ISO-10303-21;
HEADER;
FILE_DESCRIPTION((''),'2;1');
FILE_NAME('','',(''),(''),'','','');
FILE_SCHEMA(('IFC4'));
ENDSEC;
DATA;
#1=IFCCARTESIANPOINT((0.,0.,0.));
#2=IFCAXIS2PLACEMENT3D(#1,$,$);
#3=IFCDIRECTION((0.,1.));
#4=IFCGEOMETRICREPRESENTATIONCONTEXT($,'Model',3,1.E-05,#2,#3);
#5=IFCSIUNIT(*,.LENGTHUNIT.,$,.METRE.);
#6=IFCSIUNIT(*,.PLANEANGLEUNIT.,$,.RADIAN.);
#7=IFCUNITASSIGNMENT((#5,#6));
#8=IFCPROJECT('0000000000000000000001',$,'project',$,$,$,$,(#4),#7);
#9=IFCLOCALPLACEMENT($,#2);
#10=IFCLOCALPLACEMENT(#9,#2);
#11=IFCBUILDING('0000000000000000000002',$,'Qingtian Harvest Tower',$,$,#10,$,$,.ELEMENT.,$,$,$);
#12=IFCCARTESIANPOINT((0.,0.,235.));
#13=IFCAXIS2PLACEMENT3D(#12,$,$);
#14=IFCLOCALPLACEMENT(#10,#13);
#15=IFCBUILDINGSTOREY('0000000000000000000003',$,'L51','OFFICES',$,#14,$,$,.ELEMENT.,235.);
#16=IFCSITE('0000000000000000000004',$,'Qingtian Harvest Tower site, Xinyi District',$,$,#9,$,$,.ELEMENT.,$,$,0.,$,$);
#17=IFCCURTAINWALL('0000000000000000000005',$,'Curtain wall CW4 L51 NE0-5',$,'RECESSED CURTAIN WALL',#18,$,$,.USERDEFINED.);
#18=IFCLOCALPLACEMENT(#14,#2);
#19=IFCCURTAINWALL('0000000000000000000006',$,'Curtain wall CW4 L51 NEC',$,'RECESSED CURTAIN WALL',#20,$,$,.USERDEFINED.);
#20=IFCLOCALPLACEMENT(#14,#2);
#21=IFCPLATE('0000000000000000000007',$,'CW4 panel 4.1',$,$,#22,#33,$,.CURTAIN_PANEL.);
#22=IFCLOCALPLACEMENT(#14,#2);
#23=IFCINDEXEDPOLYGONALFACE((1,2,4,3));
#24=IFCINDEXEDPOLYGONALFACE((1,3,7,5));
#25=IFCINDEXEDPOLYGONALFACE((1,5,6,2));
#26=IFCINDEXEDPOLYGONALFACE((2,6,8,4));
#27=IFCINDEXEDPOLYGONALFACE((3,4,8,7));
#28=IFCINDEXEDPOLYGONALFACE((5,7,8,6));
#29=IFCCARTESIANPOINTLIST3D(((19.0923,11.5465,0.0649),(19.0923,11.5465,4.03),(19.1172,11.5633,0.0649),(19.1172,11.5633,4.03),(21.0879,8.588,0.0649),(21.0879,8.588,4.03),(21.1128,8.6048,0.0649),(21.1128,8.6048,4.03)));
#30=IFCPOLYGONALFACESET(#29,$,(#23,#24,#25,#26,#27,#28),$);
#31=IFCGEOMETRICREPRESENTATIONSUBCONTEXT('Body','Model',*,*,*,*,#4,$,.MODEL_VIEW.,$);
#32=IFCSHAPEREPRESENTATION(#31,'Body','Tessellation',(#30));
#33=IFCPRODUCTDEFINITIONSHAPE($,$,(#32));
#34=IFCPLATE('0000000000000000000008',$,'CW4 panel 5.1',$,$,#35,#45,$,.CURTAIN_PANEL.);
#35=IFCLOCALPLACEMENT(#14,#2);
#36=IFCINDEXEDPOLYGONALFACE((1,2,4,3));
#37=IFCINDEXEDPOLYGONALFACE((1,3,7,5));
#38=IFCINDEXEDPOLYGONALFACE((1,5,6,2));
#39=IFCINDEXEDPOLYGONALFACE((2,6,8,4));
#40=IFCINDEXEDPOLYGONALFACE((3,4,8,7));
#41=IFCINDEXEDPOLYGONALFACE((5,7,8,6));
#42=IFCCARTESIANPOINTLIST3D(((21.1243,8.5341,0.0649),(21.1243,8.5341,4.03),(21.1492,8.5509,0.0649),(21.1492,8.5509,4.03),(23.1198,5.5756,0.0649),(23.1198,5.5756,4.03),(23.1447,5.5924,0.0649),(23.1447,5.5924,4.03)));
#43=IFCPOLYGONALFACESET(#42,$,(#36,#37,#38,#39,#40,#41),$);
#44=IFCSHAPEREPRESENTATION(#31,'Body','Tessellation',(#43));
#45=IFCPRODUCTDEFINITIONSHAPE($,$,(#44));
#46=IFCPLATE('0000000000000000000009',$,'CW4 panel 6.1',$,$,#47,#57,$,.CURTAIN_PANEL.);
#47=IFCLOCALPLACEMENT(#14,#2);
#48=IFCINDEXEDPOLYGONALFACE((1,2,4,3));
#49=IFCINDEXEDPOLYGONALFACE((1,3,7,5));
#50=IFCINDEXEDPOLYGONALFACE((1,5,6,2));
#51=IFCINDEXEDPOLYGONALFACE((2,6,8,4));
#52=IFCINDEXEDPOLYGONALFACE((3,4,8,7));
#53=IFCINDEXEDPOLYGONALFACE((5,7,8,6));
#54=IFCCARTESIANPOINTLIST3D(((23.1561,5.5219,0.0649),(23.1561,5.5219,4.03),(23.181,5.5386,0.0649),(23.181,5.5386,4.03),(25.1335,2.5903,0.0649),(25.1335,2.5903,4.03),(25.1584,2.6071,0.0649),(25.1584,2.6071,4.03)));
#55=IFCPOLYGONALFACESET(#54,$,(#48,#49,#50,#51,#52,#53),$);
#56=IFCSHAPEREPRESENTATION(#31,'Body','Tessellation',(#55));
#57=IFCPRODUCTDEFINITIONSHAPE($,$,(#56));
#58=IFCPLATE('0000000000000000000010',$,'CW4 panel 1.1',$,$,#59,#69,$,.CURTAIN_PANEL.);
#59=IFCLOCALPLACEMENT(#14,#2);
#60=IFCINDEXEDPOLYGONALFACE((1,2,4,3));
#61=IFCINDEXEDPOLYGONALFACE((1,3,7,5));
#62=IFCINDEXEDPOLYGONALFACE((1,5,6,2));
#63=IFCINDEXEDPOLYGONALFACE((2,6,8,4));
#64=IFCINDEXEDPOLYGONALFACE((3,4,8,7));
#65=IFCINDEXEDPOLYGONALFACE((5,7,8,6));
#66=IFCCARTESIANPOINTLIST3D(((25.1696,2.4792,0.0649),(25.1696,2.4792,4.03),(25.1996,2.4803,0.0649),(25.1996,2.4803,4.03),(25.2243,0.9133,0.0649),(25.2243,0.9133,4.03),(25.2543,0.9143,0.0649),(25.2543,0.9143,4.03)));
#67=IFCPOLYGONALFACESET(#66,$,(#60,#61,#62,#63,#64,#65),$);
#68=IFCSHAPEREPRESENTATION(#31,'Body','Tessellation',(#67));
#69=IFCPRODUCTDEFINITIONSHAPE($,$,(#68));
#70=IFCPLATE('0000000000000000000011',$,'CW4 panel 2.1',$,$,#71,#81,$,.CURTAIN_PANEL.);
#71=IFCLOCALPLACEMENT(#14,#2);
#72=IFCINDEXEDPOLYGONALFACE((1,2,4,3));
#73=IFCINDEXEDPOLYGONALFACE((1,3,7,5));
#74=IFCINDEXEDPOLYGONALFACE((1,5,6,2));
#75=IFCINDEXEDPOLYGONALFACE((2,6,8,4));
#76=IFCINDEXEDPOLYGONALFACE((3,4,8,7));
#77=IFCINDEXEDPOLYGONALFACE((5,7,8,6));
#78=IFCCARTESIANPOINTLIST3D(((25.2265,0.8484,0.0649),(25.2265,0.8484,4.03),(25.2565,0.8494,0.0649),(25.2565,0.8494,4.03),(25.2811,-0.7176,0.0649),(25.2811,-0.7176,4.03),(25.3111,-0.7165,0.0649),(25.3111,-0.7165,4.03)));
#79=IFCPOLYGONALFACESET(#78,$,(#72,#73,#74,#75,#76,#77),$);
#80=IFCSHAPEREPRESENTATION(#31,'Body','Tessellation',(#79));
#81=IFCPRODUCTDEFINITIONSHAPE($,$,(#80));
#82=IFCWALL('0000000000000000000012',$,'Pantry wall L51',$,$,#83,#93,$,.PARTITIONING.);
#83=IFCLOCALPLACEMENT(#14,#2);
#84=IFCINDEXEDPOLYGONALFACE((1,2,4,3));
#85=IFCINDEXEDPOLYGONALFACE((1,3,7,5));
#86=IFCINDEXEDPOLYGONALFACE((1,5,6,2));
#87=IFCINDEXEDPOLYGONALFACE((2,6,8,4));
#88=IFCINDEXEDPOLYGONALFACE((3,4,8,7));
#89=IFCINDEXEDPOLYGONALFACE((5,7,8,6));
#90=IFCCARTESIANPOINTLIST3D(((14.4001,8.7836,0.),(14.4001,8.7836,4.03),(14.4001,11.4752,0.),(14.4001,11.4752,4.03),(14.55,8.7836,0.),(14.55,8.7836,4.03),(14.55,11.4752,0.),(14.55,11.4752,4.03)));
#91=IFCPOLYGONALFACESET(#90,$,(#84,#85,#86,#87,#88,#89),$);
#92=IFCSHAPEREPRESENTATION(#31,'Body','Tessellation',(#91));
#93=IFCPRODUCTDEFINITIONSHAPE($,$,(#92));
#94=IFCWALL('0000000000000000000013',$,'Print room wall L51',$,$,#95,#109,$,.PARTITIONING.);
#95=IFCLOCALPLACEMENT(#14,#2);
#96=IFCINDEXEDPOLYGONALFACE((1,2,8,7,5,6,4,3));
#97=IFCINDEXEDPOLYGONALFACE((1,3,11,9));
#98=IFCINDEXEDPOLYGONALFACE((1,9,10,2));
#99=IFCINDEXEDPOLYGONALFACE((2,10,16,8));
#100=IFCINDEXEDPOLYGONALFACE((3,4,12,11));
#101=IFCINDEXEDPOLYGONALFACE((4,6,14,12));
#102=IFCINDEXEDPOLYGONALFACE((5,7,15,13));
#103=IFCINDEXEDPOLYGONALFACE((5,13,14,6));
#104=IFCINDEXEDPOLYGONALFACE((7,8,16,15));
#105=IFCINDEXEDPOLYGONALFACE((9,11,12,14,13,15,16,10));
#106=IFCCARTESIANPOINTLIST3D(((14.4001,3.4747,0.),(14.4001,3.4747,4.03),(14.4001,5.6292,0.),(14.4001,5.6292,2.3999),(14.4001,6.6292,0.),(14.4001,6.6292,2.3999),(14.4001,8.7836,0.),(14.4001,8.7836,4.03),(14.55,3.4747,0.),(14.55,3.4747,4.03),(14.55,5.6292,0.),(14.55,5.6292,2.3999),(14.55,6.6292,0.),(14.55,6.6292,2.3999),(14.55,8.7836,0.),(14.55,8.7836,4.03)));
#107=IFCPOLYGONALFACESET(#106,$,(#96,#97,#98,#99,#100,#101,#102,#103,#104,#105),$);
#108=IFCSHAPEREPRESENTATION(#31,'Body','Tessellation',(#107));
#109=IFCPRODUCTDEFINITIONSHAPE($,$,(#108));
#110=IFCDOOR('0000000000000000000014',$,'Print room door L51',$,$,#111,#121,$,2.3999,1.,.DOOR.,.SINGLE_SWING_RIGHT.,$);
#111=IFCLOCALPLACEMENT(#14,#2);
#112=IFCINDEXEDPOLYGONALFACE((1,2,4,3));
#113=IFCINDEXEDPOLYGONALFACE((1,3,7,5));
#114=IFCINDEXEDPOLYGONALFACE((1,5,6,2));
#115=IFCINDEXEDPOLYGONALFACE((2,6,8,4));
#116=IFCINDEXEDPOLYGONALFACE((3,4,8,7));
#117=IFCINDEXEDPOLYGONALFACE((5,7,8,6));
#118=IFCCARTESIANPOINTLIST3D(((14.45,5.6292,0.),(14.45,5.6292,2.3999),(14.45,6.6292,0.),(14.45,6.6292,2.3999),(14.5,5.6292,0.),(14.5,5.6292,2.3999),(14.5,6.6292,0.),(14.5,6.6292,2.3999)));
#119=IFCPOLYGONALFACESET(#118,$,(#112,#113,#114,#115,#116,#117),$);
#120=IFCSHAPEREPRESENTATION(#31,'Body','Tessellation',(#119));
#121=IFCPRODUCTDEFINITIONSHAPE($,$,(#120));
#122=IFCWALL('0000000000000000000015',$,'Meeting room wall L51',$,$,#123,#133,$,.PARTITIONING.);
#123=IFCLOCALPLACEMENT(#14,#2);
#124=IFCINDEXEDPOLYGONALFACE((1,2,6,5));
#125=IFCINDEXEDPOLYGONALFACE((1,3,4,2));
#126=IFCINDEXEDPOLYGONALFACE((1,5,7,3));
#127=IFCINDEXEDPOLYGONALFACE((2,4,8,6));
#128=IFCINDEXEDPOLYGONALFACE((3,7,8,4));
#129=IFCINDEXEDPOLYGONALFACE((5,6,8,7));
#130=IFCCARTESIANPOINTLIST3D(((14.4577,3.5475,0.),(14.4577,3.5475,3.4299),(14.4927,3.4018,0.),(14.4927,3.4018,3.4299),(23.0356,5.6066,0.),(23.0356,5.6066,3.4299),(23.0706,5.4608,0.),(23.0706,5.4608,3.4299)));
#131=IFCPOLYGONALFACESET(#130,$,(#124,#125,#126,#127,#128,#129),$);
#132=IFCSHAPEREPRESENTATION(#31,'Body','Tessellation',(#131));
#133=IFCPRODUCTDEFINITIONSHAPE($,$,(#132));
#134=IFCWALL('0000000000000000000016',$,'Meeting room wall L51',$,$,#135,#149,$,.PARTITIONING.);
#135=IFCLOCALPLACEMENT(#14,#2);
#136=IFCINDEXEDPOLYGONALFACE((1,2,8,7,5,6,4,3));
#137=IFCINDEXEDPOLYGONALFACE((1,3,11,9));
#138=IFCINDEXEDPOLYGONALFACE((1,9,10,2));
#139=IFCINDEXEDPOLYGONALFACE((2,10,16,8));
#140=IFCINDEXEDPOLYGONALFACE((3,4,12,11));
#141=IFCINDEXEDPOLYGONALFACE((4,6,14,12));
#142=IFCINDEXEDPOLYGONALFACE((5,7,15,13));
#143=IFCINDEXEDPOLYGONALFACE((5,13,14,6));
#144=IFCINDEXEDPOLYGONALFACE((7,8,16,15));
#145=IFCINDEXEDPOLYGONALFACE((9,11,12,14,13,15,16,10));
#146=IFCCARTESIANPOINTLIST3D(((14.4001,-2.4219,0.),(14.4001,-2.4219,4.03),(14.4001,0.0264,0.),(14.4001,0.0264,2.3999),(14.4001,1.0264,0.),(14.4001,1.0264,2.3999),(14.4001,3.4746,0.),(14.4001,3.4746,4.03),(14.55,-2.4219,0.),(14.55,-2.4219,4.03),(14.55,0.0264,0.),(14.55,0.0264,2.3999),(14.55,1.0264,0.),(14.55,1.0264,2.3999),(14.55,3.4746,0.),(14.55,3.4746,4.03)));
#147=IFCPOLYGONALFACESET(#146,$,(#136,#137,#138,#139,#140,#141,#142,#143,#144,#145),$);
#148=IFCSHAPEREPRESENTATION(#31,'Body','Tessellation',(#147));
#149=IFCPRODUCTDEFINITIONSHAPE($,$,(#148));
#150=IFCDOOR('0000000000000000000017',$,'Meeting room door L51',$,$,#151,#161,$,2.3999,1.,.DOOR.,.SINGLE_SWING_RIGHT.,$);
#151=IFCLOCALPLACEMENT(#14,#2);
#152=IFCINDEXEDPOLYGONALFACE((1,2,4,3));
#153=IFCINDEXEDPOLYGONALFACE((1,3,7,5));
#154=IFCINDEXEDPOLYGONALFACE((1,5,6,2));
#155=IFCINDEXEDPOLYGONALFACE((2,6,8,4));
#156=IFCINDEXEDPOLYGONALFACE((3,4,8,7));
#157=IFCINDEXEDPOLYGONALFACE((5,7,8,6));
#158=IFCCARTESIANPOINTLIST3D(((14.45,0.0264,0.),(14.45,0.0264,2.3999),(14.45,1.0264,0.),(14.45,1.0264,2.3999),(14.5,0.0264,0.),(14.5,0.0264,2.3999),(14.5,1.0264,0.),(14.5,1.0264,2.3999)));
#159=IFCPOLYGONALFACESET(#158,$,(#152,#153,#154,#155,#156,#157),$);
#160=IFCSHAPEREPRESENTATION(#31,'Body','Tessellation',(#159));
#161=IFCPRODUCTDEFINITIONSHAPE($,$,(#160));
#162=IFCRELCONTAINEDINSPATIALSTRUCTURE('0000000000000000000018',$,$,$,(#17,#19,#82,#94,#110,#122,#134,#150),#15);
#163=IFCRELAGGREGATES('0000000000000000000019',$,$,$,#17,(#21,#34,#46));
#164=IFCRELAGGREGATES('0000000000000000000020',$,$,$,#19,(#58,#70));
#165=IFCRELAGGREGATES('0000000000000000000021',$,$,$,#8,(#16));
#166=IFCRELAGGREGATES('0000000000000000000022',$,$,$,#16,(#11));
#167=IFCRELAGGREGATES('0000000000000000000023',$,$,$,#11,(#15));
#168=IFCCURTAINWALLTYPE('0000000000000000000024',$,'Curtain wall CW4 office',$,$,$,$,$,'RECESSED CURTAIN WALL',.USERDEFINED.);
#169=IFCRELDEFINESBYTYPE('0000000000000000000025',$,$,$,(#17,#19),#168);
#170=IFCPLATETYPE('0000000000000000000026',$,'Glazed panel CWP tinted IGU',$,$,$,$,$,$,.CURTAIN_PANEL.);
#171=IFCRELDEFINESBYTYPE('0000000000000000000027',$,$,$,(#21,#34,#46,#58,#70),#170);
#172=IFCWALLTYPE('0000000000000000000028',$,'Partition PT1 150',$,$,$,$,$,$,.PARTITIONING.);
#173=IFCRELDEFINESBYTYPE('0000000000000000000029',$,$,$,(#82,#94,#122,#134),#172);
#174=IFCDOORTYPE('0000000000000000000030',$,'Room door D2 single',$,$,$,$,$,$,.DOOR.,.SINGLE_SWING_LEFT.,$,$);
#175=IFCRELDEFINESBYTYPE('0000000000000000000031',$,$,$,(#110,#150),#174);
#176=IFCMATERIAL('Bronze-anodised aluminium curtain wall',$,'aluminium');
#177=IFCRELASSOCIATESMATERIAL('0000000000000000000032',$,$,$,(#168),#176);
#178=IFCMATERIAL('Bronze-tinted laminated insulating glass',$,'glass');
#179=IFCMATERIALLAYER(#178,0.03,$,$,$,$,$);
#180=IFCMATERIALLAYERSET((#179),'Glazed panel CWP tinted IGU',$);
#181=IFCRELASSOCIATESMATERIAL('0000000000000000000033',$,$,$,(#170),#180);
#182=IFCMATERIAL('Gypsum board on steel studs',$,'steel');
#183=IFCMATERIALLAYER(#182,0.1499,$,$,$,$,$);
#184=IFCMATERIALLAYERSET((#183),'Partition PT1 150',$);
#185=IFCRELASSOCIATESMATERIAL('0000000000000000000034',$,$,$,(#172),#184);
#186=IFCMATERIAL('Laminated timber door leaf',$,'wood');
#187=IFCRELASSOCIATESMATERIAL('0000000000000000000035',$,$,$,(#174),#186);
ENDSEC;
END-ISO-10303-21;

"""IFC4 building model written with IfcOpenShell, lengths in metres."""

from ifc_helpers import new_model, si_unit, direction, frame, frame_2d, origin, origin_2d, place, context, subcontext, project, spatial, rectangle, extrude, material, layer, layer_set, type_object, element, fill, aggregate, save


model = new_model("IFC4")

# Units and contexts
model_context = context("Model", 3, precision=1e-05, world=origin(), true_north=direction((0.0, 1.0)))
body_context = subcontext(model_context, "Body", "Model", "MODEL_VIEW")
ifc_project = project(units=[si_unit("LENGTHUNIT", "METRE"), si_unit("PLANEANGLEUNIT", "RADIAN")], contexts=[model_context])

# Site, building, storey
site_placement = place(None, origin())
site = spatial("IfcSite", under=ifc_project, at=site_placement, Name="Qingtian Harvest Tower site, Xinyi District", CompositionType="ELEMENT", RefElevation=0.0)
building_placement = place(site_placement, origin())
building = spatial("IfcBuilding", under=site, at=building_placement, Name="Qingtian Harvest Tower", CompositionType="ELEMENT")
storey_placement = place(building_placement, frame((0.0, 0.0, 235.0)))
storey = spatial("IfcBuildingStorey", under=building, at=storey_placement, Name="L51", Description="OFFICES", CompositionType="ELEMENT", Elevation=235.0)

# Curtain walls
ifc_material_1 = material(Name="Bronze-anodised aluminium curtain wall", Category="aluminium")
curtain_wall_type = type_object("IfcCurtainWallType", Name="Curtain wall CW4 office", ElementType="RECESSED CURTAIN WALL", PredefinedType="USERDEFINED", material=ifc_material_1)
curtain_wall_1_placement = place(storey_placement, origin())
curtain_wall_1 = element("IfcCurtainWall", 1, at=curtain_wall_1_placement, inside=storey, type_object=curtain_wall_type, Name="Curtain wall CW4 L51 NE0-5", ObjectType="RECESSED CURTAIN WALL", PredefinedType="USERDEFINED")
curtain_wall_2_placement = place(storey_placement, origin())
curtain_wall_2 = element("IfcCurtainWall", 2, at=curtain_wall_2_placement, inside=storey, type_object=curtain_wall_type, Name="Curtain wall CW4 L51 NEC", ObjectType="RECESSED CURTAIN WALL", PredefinedType="USERDEFINED")

# Plates
ifc_material_2 = material(Name="Bronze-tinted laminated insulating glass", Category="glass")
ifc_layer_1 = layer(ifc_material_2, 0.03)
ifc_layer_set_1 = layer_set([ifc_layer_1], Name="Glazed panel CWP tinted IGU")
plate_type = type_object("IfcPlateType", Name="Glazed panel CWP tinted IGU", PredefinedType="CURTAIN_PANEL", material=ifc_layer_set_1)
plate_1_placement = place(storey_placement, frame((20.1025, 10.0757, 0.0649), z_axis=(0.0, 0.0, 1.0), x_axis=(0.559193, -0.829038, 0.0)))
plate_1 = element("IfcPlate", 3, at=plate_1_placement, type_object=plate_type, Name="CW4 panel 4.1", PredefinedType="CURTAIN_PANEL", context=body_context, shape_type="SweptSolid", body=[
    extrude(rectangle(XDim=3.5686, YDim=0.03, at=origin_2d()), origin(), (0.0, 0.0, 1.0), 3.9651),
])
plate_2_placement = place(storey_placement, frame((22.1345, 7.0632, 0.0649), z_axis=(0.0, 0.0, 1.0), x_axis=(0.559193, -0.829038, 0.0)))
plate_2 = element("IfcPlate", 4, at=plate_2_placement, type_object=plate_type, Name="CW4 panel 5.1", PredefinedType="CURTAIN_PANEL", context=body_context, shape_type="SweptSolid", body=[
    extrude(rectangle(XDim=3.5686, YDim=0.03, at=origin_2d()), origin(), (0.0, 0.0, 1.0), 3.9651),
])
plate_3_placement = place(storey_placement, frame((24.1572, 4.0645, 0.0649), z_axis=(0.0, 0.0, 1.0), x_axis=(0.559193, -0.829038, 0.0)))
plate_3 = element("IfcPlate", 5, at=plate_3_placement, type_object=plate_type, Name="CW4 panel 6.1", PredefinedType="CURTAIN_PANEL", context=body_context, shape_type="SweptSolid", body=[
    extrude(rectangle(XDim=3.5361, YDim=0.03, at=origin_2d()), origin(), (0.0, 0.0, 1.0), 3.9651),
])
aggregate(curtain_wall_1, [plate_1, plate_2, plate_3])
plate_4_placement = place(storey_placement, frame((25.2119, 1.6968, 0.0649), z_axis=(0.0, 0.0, 1.0), x_axis=(0.034899, -0.999391, 0.0)))
plate_4 = element("IfcPlate", 6, at=plate_4_placement, type_object=plate_type, Name="CW4 panel 1.1", PredefinedType="CURTAIN_PANEL", context=body_context, shape_type="SweptSolid", body=[
    extrude(rectangle(XDim=1.5669, YDim=0.03, at=origin_2d()), origin(), (0.0, 0.0, 1.0), 3.9651),
])
plate_5_placement = place(storey_placement, frame((25.2688, 0.0659, 0.0649), z_axis=(0.0, 0.0, 1.0), x_axis=(0.034899, -0.999391, 0.0)))
plate_5 = element("IfcPlate", 7, at=plate_5_placement, type_object=plate_type, Name="CW4 panel 2.1", PredefinedType="CURTAIN_PANEL", context=body_context, shape_type="SweptSolid", body=[
    extrude(rectangle(XDim=1.5669, YDim=0.03, at=origin_2d()), origin(), (0.0, 0.0, 1.0), 3.9651),
])
aggregate(curtain_wall_2, [plate_4, plate_5])

# Wall
ifc_material_3 = material(Name="Gypsum board on steel studs", Category="steel")
ifc_layer_2 = layer(ifc_material_3, 0.1499)
ifc_layer_set_2 = layer_set([ifc_layer_2], Name="Partition PT1 150")
wall_type = type_object("IfcWallType", Name="Partition PT1 150", PredefinedType="PARTITIONING", material=ifc_layer_set_2)
wall_1_placement = place(storey_placement, frame((14.4751, 11.4751, 0.0), z_axis=(0.0, 0.0, 1.0), x_axis=(0.0, -1.0, 0.0)))
element("IfcWall", 8, at=wall_1_placement, inside=storey, type_object=wall_type, Name="Pantry wall L51", PredefinedType="PARTITIONING", context=body_context, shape_type="SweptSolid", body=[
    extrude(rectangle(XDim=2.6917, YDim=0.1499, at=frame_2d((1.3457, 0.0))), origin(), (0.0, 0.0, 1.0), 4.03),
])

# Wall, opening, door
wall_2_placement = place(storey_placement, frame((14.4751, 8.7834, 0.0), z_axis=(0.0, 0.0, 1.0), x_axis=(0.0, -1.0, 0.0)))
wall_2 = element("IfcWall", 9, at=wall_2_placement, inside=storey, type_object=wall_type, Name="Print room wall L51", PredefinedType="PARTITIONING", context=body_context, shape_type="SweptSolid", body=[
    extrude(rectangle(XDim=5.3088, YDim=0.1499, at=frame_2d((2.6543, 0.0))), origin(), (0.0, 0.0, 1.0), 4.03),
])
opening_1_placement = place(wall_2_placement, frame((2.1543, 0.0, 0.0)))
opening_1 = element("IfcOpeningElement", 10, at=opening_1_placement, cuts=wall_2, PredefinedType="OPENING", context=body_context, shape_type="SweptSolid", body=[
    extrude(rectangle(XDim=1.0, YDim=2.3999, at=frame_2d((0.5, 1.2))), frame((0.0, 0.085, 0.0), z_axis=(0.0, -1.0, 0.0), x_axis=(1.0, 0.0, 0.0)), (0.0, 0.0, 1.0), 0.1699),
])
ifc_material_4 = material(Name="Laminated timber door leaf", Category="wood")
door_type = type_object("IfcDoorType", Name="Room door D2 single", OperationType="SINGLE_SWING_LEFT", PredefinedType="DOOR", material=ifc_material_4)
door_1_placement = place(opening_1_placement, origin())
door_1 = element("IfcDoor", 11, at=door_1_placement, inside=storey, type_object=door_type, Name="Print room door L51", OperationType="SINGLE_SWING_RIGHT", OverallHeight=2.3999, OverallWidth=1.0, PredefinedType="DOOR", context=body_context, shape_type="SweptSolid", body=[
    extrude(rectangle(XDim=1.0, YDim=2.3999, at=frame_2d((0.5, 1.2))), frame((0.0, 0.0249, 0.0), z_axis=(0.0, -1.0, 0.0), x_axis=(1.0, 0.0, 0.0)), (0.0, 0.0, 1.0), 0.05),
])
fill(opening_1, door_1)

# Wall
wall_3_placement = place(storey_placement, frame((23.053, 5.5337, 0.0), z_axis=(0.0, 0.0, 1.0), x_axis=(-0.972377, -0.233415, 0.0)))
element("IfcWall", 12, at=wall_3_placement, inside=storey, type_object=wall_type, Name="Meeting room wall L51", PredefinedType="PARTITIONING", context=body_context, shape_type="SweptSolid", body=[
    extrude(rectangle(XDim=8.8215, YDim=0.1499, at=frame_2d((4.4106, 0.0))), origin(), (0.0, 0.0, 1.0), 3.4299),
])

# Wall, opening, door
wall_4_placement = place(storey_placement, frame((14.4751, 3.4746, 0.0), z_axis=(0.0, 0.0, 1.0), x_axis=(0.0, -1.0, 0.0)))
wall_4 = element("IfcWall", 13, at=wall_4_placement, inside=storey, type_object=wall_type, Name="Meeting room wall L51", PredefinedType="PARTITIONING", context=body_context, shape_type="SweptSolid", body=[
    extrude(rectangle(XDim=5.8965, YDim=0.1499, at=frame_2d((2.9482, 0.0))), origin(), (0.0, 0.0, 1.0), 4.03),
])
opening_2_placement = place(wall_4_placement, frame((2.4482, 0.0, 0.0)))
opening_2 = element("IfcOpeningElement", 14, at=opening_2_placement, cuts=wall_4, PredefinedType="OPENING", context=body_context, shape_type="SweptSolid", body=[
    extrude(rectangle(XDim=1.0, YDim=2.3999, at=frame_2d((0.5, 1.2))), frame((0.0, 0.085, 0.0), z_axis=(0.0, -1.0, 0.0), x_axis=(1.0, 0.0, 0.0)), (0.0, 0.0, 1.0), 0.1699),
])
door_2_placement = place(opening_2_placement, origin())
door_2 = element("IfcDoor", 15, at=door_2_placement, inside=storey, type_object=door_type, Name="Meeting room door L51", OperationType="SINGLE_SWING_RIGHT", OverallHeight=2.3999, OverallWidth=1.0, PredefinedType="DOOR", context=body_context, shape_type="SweptSolid", body=[
    extrude(rectangle(XDim=1.0, YDim=2.3999, at=frame_2d((0.5, 1.2))), frame((0.0, 0.0249, 0.0), z_axis=(0.0, -1.0, 0.0), x_axis=(1.0, 0.0, 0.0)), (0.0, 0.0, 1.0), 0.05),
])
fill(opening_2, door_2)

save(model, "model.ifc")
